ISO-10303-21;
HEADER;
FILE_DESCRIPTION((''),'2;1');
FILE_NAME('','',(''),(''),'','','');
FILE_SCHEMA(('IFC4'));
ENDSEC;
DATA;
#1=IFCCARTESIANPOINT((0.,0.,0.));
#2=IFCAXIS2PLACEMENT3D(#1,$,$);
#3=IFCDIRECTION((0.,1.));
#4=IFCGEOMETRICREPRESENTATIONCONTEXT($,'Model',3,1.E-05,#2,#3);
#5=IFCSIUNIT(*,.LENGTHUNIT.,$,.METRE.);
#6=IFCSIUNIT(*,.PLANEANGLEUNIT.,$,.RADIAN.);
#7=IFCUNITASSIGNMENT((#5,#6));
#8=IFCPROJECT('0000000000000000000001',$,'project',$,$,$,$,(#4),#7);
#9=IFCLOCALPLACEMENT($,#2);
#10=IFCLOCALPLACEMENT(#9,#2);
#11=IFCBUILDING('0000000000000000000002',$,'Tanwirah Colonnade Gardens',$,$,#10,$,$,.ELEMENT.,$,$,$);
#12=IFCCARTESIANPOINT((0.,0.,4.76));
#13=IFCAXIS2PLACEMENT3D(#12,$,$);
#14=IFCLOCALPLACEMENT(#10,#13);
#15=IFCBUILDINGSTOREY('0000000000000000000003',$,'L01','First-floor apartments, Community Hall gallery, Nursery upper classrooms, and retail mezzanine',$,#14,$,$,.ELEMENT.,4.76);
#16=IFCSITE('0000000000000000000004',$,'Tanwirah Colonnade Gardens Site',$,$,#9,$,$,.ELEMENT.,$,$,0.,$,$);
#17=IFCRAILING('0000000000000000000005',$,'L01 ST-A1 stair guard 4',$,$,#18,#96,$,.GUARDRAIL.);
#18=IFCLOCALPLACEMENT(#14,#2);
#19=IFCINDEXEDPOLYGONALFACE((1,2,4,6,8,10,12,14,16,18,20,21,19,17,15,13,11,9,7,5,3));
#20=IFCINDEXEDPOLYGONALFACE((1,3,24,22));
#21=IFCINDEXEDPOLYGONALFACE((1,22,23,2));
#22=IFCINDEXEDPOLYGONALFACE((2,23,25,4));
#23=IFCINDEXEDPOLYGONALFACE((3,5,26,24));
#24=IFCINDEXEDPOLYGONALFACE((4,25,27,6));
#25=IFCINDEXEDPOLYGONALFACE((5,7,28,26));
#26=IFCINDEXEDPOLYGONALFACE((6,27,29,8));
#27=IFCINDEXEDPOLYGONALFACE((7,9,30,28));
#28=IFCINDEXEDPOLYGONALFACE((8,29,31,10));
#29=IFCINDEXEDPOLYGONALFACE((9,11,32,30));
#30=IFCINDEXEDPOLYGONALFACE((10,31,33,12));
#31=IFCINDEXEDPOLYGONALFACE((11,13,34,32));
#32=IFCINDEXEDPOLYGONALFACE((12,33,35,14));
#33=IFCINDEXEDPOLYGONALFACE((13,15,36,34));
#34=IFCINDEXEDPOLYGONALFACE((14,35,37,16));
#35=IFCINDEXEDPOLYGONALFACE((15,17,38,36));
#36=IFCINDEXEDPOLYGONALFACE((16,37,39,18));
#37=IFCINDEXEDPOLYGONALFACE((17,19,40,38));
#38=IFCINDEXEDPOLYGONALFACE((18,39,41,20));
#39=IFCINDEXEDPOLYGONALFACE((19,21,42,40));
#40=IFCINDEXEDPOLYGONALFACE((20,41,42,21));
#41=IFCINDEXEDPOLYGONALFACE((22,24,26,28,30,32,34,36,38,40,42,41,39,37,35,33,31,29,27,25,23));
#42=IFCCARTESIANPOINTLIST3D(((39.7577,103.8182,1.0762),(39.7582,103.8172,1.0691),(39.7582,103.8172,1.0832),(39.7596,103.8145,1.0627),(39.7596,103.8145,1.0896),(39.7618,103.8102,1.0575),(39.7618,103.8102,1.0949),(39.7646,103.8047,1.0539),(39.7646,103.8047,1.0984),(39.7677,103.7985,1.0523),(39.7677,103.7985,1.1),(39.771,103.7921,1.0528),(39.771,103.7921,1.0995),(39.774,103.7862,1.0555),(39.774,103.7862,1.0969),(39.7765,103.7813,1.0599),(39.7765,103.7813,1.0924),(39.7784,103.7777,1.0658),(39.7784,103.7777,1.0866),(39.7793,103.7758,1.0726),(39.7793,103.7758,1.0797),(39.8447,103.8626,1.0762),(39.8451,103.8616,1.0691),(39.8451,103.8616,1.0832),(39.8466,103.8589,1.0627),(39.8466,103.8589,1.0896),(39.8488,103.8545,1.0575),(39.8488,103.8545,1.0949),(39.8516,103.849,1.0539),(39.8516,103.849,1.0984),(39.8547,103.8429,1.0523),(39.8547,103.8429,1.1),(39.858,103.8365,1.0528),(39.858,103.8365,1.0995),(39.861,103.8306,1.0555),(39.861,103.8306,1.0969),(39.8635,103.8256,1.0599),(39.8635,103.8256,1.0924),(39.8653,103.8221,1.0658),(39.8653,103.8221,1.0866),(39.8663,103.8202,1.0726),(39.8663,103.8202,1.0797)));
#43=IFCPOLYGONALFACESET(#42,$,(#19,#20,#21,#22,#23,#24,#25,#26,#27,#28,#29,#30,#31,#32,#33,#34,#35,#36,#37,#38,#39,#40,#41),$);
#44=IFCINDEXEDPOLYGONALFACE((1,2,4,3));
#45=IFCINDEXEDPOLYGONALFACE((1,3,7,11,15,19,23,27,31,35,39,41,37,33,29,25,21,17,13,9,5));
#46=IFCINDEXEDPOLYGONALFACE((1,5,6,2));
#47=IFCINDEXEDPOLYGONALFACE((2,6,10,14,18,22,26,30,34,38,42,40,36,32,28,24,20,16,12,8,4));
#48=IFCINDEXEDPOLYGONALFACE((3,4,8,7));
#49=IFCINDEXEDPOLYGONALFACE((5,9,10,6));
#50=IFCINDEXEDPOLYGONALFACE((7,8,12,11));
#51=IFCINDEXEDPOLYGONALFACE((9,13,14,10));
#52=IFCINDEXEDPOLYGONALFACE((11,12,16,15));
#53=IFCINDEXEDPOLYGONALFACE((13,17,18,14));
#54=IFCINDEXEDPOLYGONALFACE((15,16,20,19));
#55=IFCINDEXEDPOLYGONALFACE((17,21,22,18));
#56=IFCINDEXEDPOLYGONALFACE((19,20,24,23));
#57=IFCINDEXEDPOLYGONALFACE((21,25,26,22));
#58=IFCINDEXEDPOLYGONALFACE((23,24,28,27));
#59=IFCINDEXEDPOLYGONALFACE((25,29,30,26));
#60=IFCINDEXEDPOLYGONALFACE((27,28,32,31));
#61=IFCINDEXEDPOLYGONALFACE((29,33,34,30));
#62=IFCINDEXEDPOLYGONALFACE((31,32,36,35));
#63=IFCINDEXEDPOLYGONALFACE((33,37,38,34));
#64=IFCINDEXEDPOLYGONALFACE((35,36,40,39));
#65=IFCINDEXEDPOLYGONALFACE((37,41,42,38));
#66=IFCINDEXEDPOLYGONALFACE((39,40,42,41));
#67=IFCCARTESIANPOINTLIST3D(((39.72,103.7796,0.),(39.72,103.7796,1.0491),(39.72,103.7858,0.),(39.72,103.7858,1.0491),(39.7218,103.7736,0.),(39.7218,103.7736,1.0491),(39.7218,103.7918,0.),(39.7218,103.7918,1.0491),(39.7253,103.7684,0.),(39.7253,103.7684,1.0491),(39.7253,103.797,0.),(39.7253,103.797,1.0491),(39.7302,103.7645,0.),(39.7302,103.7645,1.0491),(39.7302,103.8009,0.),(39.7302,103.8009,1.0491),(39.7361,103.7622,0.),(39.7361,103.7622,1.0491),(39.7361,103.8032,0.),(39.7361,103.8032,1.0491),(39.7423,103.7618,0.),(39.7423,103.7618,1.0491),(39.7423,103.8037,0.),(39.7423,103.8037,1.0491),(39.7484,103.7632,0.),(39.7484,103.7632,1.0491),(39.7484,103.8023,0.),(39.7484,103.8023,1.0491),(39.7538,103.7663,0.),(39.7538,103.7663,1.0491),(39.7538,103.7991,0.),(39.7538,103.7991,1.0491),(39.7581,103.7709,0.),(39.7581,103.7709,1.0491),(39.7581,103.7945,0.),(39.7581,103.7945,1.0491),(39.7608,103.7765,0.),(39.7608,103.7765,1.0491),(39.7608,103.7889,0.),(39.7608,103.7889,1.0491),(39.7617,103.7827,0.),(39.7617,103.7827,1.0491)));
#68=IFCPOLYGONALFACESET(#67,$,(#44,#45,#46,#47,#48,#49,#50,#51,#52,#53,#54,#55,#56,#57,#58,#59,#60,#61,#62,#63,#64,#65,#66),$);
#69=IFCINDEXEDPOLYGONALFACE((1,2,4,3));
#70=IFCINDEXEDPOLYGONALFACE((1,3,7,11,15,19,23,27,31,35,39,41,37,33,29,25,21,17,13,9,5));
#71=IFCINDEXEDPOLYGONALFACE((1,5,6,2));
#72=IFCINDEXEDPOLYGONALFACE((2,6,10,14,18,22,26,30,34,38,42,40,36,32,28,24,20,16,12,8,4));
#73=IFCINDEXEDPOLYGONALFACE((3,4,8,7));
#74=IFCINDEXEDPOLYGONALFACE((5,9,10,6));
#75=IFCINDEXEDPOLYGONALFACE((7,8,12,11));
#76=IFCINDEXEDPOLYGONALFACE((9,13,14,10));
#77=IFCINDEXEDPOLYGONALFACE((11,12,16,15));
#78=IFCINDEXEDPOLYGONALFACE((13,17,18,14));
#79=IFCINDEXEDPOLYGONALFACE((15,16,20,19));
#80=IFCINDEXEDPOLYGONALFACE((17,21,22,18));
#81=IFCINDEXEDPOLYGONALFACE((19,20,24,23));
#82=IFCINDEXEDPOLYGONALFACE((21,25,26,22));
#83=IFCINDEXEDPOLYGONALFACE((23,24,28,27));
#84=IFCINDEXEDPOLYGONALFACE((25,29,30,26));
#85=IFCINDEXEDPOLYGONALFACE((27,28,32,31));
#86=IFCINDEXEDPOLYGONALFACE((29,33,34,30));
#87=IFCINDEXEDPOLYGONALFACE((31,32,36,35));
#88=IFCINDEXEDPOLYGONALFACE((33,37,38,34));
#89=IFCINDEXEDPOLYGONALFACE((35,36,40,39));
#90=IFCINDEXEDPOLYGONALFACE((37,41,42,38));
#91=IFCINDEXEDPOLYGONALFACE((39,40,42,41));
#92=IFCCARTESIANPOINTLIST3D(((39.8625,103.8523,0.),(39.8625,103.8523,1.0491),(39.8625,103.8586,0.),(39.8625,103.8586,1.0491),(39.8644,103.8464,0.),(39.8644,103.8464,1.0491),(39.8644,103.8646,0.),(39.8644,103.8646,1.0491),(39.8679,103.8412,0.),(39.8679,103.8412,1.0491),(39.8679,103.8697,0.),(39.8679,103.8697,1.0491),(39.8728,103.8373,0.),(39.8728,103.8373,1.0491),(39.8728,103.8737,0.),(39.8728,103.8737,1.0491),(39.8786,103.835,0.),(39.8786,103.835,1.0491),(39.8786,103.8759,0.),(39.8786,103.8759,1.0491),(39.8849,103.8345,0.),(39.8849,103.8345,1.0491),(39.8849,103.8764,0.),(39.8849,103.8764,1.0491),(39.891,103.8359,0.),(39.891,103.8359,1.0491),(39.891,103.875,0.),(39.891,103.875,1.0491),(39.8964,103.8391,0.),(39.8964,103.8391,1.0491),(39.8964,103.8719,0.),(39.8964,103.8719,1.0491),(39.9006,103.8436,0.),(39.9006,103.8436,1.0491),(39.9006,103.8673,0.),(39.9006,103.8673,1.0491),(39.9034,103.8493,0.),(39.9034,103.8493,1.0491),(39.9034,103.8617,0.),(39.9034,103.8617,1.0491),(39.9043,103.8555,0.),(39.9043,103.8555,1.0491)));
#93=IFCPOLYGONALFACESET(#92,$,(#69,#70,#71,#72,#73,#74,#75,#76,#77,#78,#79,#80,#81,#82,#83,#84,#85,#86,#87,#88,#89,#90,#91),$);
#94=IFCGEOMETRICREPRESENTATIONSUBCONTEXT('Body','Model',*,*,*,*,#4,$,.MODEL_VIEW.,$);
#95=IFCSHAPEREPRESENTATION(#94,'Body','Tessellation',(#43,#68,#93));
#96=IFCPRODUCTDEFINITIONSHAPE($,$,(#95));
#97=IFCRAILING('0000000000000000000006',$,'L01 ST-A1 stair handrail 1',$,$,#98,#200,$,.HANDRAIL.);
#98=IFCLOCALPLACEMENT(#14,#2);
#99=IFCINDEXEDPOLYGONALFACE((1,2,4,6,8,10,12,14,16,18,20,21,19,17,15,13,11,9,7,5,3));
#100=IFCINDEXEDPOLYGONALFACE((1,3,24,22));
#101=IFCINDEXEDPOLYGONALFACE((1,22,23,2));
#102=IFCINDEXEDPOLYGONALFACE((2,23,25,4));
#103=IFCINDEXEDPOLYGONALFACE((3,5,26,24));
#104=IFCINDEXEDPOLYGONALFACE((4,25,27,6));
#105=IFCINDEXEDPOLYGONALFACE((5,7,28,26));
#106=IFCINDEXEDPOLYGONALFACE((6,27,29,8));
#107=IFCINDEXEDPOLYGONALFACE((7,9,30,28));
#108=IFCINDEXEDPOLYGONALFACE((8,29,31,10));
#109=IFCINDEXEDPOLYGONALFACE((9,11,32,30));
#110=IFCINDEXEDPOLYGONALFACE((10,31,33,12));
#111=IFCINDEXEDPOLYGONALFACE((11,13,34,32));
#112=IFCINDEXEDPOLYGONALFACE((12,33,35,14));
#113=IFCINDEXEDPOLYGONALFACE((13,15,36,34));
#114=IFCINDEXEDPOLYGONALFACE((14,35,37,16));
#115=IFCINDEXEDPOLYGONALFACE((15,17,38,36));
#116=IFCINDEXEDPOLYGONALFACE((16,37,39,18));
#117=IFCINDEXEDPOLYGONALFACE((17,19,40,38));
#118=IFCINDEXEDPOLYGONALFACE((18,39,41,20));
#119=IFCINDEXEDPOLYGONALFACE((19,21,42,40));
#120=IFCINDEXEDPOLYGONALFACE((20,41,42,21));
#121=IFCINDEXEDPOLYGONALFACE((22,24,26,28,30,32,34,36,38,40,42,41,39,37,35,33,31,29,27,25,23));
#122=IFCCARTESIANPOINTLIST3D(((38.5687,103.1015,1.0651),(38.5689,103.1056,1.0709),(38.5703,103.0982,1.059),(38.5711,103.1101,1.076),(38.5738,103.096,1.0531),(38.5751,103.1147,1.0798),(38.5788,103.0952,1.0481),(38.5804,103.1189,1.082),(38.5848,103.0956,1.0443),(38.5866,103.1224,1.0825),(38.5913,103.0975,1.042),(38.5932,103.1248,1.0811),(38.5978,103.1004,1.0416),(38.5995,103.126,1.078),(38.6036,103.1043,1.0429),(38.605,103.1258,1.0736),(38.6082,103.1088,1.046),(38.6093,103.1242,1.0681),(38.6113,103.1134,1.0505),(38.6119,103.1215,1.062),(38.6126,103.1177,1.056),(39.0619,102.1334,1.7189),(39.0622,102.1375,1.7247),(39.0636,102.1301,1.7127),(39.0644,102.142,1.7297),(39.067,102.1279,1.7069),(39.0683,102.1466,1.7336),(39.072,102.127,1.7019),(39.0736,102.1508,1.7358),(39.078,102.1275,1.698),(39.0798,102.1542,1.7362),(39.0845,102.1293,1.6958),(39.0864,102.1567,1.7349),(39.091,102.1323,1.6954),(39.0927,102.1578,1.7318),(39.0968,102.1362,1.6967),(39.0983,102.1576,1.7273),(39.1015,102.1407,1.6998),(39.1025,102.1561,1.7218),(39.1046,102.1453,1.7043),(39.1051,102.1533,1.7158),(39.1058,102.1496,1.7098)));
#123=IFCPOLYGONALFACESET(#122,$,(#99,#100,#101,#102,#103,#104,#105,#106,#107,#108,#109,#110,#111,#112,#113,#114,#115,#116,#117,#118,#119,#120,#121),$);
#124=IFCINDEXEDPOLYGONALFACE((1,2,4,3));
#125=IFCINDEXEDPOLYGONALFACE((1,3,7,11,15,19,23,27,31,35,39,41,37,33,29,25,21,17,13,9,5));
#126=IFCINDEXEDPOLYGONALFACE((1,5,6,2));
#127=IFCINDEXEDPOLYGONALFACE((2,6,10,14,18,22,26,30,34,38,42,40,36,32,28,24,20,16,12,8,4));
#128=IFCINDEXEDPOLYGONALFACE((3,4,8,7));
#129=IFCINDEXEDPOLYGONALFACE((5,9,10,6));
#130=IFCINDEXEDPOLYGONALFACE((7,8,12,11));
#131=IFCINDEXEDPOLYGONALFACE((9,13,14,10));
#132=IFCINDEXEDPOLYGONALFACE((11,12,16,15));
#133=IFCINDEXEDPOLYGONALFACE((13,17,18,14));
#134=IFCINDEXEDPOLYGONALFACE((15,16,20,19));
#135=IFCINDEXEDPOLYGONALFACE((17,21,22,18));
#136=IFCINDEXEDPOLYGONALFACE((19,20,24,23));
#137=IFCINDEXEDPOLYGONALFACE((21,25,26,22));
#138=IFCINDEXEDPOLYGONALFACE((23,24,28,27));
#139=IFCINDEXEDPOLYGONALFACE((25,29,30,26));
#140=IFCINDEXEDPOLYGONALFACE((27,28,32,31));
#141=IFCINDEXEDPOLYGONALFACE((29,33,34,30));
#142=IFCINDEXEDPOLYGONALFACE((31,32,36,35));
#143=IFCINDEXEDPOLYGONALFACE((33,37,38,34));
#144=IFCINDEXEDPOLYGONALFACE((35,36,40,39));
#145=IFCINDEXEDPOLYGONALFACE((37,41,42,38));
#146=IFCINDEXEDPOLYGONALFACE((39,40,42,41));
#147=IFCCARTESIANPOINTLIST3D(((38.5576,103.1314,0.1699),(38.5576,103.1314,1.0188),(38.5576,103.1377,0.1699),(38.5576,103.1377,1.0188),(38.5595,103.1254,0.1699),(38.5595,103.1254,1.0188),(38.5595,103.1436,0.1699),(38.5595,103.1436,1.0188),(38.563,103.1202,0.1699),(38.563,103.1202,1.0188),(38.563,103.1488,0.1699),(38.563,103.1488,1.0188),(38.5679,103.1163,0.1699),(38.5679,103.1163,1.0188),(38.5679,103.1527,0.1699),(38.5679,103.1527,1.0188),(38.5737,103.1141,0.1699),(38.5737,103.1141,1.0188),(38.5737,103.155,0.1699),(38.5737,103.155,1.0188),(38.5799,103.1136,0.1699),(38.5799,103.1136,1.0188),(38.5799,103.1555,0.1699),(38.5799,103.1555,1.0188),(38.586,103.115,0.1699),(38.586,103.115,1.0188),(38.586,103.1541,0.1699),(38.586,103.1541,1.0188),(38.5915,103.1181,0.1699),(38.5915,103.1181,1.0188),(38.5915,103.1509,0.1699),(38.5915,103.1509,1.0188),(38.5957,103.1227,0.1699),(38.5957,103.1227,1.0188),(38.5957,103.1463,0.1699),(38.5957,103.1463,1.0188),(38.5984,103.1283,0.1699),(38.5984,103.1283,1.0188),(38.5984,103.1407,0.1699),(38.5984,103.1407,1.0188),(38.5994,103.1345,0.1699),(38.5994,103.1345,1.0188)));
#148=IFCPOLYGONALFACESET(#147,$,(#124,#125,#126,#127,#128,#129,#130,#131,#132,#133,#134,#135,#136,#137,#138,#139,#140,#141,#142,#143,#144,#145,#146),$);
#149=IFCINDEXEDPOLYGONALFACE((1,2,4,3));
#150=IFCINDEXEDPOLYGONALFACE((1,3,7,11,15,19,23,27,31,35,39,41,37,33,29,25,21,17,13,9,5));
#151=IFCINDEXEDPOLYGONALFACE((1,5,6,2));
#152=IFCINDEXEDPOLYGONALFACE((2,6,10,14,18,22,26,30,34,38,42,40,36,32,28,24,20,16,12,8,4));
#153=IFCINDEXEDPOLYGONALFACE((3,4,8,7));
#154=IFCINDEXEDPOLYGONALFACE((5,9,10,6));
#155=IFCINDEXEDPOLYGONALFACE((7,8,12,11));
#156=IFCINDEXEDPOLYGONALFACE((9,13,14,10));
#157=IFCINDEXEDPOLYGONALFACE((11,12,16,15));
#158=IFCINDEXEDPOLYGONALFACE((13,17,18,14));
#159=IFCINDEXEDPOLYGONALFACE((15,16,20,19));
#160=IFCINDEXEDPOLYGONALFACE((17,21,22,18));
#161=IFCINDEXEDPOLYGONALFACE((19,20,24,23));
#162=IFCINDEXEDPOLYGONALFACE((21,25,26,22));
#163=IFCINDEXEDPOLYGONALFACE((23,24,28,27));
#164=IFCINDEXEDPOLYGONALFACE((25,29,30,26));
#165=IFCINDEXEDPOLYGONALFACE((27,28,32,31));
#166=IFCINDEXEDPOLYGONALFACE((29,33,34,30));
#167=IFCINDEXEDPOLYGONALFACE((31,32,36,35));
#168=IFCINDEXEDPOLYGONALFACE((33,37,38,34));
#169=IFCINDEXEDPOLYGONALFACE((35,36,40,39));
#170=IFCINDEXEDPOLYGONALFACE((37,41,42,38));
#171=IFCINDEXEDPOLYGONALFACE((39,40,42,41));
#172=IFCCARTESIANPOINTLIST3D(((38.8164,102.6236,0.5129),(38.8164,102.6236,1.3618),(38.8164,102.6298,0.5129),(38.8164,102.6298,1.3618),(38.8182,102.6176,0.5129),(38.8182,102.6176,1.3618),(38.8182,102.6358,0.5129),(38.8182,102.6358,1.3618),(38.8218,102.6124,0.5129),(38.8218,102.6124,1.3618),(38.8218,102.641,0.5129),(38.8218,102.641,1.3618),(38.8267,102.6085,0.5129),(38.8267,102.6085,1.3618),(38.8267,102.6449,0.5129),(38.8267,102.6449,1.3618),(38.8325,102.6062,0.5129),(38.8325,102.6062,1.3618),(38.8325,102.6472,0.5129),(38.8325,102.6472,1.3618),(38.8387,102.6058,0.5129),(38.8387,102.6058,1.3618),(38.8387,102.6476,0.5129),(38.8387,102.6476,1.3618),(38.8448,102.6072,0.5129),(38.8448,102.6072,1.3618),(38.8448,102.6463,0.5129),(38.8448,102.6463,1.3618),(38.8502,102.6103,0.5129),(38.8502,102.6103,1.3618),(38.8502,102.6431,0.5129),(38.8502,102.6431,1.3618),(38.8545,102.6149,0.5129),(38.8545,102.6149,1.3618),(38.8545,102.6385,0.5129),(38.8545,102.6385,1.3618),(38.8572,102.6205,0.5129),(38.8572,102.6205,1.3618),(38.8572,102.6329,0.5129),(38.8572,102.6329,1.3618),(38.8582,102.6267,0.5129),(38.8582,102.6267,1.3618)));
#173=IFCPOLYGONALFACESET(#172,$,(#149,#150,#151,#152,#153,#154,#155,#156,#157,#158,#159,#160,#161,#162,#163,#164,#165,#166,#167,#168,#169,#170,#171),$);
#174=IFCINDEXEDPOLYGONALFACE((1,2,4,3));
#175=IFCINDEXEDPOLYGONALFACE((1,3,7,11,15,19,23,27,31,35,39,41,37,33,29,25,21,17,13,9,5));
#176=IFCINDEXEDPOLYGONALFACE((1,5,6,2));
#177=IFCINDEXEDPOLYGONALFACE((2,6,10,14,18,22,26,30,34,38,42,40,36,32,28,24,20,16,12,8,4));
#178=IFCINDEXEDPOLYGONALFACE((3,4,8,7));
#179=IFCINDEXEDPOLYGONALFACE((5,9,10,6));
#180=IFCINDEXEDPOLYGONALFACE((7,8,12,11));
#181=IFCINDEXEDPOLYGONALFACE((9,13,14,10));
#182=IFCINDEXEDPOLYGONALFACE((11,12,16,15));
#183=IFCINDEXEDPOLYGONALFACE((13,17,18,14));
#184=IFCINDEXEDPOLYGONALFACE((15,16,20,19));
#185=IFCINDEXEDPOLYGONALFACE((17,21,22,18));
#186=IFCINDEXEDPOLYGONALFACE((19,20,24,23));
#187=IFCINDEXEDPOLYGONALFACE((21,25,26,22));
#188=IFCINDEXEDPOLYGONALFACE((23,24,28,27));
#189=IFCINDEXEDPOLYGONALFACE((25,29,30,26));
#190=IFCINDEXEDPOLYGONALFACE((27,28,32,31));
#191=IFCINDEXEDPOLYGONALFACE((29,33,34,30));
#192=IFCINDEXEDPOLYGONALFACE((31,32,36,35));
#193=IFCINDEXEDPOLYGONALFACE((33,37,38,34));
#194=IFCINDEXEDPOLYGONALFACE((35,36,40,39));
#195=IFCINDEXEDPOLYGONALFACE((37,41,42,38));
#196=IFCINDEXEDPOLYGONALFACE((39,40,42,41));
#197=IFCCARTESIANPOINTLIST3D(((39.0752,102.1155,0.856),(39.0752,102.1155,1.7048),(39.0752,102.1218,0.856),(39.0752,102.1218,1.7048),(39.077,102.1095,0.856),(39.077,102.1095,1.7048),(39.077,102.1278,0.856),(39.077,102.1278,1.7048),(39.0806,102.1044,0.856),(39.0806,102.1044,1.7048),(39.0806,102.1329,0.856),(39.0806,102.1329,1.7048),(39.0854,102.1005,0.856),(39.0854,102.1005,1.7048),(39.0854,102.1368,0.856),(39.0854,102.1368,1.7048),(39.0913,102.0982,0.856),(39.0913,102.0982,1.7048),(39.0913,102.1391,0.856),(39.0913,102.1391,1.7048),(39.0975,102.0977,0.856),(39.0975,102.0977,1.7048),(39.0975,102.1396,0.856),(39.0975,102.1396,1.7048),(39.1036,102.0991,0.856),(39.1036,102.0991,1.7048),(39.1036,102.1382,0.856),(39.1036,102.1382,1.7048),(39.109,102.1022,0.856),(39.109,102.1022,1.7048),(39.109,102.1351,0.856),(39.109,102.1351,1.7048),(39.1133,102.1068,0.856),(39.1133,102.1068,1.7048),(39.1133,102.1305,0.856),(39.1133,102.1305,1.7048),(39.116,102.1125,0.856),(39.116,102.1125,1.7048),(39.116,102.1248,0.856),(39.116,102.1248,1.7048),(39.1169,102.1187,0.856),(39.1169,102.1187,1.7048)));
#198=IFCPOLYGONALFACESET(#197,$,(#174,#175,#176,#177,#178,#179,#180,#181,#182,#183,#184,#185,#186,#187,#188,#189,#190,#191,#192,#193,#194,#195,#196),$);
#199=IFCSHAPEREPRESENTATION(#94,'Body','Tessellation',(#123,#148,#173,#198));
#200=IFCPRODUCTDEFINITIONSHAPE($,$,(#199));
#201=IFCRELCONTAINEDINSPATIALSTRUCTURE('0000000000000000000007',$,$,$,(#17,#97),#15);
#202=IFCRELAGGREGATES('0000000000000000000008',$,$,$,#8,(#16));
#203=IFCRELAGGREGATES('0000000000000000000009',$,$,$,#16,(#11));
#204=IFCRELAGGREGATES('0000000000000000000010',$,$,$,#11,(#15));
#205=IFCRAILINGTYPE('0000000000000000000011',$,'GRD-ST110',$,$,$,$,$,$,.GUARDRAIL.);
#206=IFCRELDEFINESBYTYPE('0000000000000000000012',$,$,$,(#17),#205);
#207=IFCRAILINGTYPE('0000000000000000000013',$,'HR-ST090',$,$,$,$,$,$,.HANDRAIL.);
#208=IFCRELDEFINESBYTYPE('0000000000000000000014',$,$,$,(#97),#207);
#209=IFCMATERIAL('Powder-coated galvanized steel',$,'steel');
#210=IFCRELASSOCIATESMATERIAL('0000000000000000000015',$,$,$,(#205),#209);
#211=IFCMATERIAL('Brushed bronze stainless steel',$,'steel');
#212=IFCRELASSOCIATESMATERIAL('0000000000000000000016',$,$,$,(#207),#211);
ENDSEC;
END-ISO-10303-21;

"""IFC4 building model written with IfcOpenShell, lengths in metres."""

from ifc_helpers import new_model, si_unit, direction, frame, origin, origin_2d, place, context, subcontext, project, spatial, circle, extrude, material, type_object, element, save


model = new_model("IFC4")

# Units and contexts
model_context = context("Model", 3, precision=1e-05, world=origin(), true_north=direction((0.0, 1.0)))
body_context = subcontext(model_context, "Body", "Model", "MODEL_VIEW")
ifc_project = project(units=[si_unit("LENGTHUNIT", "METRE"), si_unit("PLANEANGLEUNIT", "RADIAN")], contexts=[model_context])

# Site, building, storey
site_placement = place(None, origin())
site = spatial("IfcSite", under=ifc_project, at=site_placement, Name="Tanwirah Colonnade Gardens Site", CompositionType="ELEMENT", RefElevation=0.0)
building_placement = place(site_placement, origin())
building = spatial("IfcBuilding", under=site, at=building_placement, Name="Tanwirah Colonnade Gardens", CompositionType="ELEMENT")
storey_placement = place(building_placement, frame((0.0, 0.0, 4.76)))
storey = spatial("IfcBuildingStorey", under=building, at=storey_placement, Name="L01", Description="First-floor apartments, Community Hall gallery, Nursery upper classrooms, and retail mezzanine", CompositionType="ELEMENT", Elevation=4.76)

# Railings
ifc_material_1 = material(Name="Powder-coated galvanized steel", Category="steel")
railing_type_1 = type_object("IfcRailingType", Name="GRD-ST110", PredefinedType="GUARDRAIL", material=ifc_material_1)
railing_1_placement = place(storey_placement, frame((39.7407, 103.7827, 0.0)))
element("IfcRailing", 1, at=railing_1_placement, inside=storey, type_object=railing_type_1, Name="L01 ST-A1 stair guard 4", PredefinedType="GUARDRAIL", context=body_context, shape_type="SweptSolid", body=[
    extrude(circle(Radius=0.0239, at=origin_2d()), frame((0.0278, 0.0142, 1.0762), z_axis=(0.890737, 0.45452, 0.0), x_axis=(-0.45452, 0.890737, 0.0)), (0.0, 0.0, 1.0), 0.0977),
    extrude(circle(Radius=0.021, at=origin_2d()), origin(), (0.0, 0.0, 1.0), 1.0491),
    extrude(circle(Radius=0.021, at=origin_2d()), frame((0.1426, 0.0728, 0.0)), (0.0, 0.0, 1.0), 1.0491),
])
ifc_material_2 = material(Name="Brushed bronze stainless steel", Category="steel")
railing_type_2 = type_object("IfcRailingType", Name="HR-ST090", PredefinedType="HANDRAIL", material=ifc_material_2)
railing_2_placement = place(storey_placement, frame((38.5784, 103.1345, 0.1699)))
element("IfcRailing", 2, at=railing_2_placement, inside=storey, type_object=railing_type_2, Name="L01 ST-A1 stair handrail 1", PredefinedType="HANDRAIL", context=body_context, shape_type="SweptSolid", body=[
    extrude(circle(Radius=0.0239, at=origin_2d()), frame((0.0122, -0.0239, 0.8921), z_axis=(0.388978, -0.763462, 0.51558), x_axis=(0.891018, 0.453967, 0.0)), (0.0, 0.0, 1.0), 1.2681),
    extrude(circle(Radius=0.021, at=origin_2d()), origin(), (0.0, 0.0, 1.0), 0.8489),
    extrude(circle(Radius=0.021, at=origin_2d()), frame((0.2588, -0.5078, 0.343)), (0.0, 0.0, 1.0), 0.8489),
    extrude(circle(Radius=0.021, at=origin_2d()), frame((0.5176, -1.0159, 0.686)), (0.0, 0.0, 1.0), 0.8489),
])

save(model, "model.ifc")
